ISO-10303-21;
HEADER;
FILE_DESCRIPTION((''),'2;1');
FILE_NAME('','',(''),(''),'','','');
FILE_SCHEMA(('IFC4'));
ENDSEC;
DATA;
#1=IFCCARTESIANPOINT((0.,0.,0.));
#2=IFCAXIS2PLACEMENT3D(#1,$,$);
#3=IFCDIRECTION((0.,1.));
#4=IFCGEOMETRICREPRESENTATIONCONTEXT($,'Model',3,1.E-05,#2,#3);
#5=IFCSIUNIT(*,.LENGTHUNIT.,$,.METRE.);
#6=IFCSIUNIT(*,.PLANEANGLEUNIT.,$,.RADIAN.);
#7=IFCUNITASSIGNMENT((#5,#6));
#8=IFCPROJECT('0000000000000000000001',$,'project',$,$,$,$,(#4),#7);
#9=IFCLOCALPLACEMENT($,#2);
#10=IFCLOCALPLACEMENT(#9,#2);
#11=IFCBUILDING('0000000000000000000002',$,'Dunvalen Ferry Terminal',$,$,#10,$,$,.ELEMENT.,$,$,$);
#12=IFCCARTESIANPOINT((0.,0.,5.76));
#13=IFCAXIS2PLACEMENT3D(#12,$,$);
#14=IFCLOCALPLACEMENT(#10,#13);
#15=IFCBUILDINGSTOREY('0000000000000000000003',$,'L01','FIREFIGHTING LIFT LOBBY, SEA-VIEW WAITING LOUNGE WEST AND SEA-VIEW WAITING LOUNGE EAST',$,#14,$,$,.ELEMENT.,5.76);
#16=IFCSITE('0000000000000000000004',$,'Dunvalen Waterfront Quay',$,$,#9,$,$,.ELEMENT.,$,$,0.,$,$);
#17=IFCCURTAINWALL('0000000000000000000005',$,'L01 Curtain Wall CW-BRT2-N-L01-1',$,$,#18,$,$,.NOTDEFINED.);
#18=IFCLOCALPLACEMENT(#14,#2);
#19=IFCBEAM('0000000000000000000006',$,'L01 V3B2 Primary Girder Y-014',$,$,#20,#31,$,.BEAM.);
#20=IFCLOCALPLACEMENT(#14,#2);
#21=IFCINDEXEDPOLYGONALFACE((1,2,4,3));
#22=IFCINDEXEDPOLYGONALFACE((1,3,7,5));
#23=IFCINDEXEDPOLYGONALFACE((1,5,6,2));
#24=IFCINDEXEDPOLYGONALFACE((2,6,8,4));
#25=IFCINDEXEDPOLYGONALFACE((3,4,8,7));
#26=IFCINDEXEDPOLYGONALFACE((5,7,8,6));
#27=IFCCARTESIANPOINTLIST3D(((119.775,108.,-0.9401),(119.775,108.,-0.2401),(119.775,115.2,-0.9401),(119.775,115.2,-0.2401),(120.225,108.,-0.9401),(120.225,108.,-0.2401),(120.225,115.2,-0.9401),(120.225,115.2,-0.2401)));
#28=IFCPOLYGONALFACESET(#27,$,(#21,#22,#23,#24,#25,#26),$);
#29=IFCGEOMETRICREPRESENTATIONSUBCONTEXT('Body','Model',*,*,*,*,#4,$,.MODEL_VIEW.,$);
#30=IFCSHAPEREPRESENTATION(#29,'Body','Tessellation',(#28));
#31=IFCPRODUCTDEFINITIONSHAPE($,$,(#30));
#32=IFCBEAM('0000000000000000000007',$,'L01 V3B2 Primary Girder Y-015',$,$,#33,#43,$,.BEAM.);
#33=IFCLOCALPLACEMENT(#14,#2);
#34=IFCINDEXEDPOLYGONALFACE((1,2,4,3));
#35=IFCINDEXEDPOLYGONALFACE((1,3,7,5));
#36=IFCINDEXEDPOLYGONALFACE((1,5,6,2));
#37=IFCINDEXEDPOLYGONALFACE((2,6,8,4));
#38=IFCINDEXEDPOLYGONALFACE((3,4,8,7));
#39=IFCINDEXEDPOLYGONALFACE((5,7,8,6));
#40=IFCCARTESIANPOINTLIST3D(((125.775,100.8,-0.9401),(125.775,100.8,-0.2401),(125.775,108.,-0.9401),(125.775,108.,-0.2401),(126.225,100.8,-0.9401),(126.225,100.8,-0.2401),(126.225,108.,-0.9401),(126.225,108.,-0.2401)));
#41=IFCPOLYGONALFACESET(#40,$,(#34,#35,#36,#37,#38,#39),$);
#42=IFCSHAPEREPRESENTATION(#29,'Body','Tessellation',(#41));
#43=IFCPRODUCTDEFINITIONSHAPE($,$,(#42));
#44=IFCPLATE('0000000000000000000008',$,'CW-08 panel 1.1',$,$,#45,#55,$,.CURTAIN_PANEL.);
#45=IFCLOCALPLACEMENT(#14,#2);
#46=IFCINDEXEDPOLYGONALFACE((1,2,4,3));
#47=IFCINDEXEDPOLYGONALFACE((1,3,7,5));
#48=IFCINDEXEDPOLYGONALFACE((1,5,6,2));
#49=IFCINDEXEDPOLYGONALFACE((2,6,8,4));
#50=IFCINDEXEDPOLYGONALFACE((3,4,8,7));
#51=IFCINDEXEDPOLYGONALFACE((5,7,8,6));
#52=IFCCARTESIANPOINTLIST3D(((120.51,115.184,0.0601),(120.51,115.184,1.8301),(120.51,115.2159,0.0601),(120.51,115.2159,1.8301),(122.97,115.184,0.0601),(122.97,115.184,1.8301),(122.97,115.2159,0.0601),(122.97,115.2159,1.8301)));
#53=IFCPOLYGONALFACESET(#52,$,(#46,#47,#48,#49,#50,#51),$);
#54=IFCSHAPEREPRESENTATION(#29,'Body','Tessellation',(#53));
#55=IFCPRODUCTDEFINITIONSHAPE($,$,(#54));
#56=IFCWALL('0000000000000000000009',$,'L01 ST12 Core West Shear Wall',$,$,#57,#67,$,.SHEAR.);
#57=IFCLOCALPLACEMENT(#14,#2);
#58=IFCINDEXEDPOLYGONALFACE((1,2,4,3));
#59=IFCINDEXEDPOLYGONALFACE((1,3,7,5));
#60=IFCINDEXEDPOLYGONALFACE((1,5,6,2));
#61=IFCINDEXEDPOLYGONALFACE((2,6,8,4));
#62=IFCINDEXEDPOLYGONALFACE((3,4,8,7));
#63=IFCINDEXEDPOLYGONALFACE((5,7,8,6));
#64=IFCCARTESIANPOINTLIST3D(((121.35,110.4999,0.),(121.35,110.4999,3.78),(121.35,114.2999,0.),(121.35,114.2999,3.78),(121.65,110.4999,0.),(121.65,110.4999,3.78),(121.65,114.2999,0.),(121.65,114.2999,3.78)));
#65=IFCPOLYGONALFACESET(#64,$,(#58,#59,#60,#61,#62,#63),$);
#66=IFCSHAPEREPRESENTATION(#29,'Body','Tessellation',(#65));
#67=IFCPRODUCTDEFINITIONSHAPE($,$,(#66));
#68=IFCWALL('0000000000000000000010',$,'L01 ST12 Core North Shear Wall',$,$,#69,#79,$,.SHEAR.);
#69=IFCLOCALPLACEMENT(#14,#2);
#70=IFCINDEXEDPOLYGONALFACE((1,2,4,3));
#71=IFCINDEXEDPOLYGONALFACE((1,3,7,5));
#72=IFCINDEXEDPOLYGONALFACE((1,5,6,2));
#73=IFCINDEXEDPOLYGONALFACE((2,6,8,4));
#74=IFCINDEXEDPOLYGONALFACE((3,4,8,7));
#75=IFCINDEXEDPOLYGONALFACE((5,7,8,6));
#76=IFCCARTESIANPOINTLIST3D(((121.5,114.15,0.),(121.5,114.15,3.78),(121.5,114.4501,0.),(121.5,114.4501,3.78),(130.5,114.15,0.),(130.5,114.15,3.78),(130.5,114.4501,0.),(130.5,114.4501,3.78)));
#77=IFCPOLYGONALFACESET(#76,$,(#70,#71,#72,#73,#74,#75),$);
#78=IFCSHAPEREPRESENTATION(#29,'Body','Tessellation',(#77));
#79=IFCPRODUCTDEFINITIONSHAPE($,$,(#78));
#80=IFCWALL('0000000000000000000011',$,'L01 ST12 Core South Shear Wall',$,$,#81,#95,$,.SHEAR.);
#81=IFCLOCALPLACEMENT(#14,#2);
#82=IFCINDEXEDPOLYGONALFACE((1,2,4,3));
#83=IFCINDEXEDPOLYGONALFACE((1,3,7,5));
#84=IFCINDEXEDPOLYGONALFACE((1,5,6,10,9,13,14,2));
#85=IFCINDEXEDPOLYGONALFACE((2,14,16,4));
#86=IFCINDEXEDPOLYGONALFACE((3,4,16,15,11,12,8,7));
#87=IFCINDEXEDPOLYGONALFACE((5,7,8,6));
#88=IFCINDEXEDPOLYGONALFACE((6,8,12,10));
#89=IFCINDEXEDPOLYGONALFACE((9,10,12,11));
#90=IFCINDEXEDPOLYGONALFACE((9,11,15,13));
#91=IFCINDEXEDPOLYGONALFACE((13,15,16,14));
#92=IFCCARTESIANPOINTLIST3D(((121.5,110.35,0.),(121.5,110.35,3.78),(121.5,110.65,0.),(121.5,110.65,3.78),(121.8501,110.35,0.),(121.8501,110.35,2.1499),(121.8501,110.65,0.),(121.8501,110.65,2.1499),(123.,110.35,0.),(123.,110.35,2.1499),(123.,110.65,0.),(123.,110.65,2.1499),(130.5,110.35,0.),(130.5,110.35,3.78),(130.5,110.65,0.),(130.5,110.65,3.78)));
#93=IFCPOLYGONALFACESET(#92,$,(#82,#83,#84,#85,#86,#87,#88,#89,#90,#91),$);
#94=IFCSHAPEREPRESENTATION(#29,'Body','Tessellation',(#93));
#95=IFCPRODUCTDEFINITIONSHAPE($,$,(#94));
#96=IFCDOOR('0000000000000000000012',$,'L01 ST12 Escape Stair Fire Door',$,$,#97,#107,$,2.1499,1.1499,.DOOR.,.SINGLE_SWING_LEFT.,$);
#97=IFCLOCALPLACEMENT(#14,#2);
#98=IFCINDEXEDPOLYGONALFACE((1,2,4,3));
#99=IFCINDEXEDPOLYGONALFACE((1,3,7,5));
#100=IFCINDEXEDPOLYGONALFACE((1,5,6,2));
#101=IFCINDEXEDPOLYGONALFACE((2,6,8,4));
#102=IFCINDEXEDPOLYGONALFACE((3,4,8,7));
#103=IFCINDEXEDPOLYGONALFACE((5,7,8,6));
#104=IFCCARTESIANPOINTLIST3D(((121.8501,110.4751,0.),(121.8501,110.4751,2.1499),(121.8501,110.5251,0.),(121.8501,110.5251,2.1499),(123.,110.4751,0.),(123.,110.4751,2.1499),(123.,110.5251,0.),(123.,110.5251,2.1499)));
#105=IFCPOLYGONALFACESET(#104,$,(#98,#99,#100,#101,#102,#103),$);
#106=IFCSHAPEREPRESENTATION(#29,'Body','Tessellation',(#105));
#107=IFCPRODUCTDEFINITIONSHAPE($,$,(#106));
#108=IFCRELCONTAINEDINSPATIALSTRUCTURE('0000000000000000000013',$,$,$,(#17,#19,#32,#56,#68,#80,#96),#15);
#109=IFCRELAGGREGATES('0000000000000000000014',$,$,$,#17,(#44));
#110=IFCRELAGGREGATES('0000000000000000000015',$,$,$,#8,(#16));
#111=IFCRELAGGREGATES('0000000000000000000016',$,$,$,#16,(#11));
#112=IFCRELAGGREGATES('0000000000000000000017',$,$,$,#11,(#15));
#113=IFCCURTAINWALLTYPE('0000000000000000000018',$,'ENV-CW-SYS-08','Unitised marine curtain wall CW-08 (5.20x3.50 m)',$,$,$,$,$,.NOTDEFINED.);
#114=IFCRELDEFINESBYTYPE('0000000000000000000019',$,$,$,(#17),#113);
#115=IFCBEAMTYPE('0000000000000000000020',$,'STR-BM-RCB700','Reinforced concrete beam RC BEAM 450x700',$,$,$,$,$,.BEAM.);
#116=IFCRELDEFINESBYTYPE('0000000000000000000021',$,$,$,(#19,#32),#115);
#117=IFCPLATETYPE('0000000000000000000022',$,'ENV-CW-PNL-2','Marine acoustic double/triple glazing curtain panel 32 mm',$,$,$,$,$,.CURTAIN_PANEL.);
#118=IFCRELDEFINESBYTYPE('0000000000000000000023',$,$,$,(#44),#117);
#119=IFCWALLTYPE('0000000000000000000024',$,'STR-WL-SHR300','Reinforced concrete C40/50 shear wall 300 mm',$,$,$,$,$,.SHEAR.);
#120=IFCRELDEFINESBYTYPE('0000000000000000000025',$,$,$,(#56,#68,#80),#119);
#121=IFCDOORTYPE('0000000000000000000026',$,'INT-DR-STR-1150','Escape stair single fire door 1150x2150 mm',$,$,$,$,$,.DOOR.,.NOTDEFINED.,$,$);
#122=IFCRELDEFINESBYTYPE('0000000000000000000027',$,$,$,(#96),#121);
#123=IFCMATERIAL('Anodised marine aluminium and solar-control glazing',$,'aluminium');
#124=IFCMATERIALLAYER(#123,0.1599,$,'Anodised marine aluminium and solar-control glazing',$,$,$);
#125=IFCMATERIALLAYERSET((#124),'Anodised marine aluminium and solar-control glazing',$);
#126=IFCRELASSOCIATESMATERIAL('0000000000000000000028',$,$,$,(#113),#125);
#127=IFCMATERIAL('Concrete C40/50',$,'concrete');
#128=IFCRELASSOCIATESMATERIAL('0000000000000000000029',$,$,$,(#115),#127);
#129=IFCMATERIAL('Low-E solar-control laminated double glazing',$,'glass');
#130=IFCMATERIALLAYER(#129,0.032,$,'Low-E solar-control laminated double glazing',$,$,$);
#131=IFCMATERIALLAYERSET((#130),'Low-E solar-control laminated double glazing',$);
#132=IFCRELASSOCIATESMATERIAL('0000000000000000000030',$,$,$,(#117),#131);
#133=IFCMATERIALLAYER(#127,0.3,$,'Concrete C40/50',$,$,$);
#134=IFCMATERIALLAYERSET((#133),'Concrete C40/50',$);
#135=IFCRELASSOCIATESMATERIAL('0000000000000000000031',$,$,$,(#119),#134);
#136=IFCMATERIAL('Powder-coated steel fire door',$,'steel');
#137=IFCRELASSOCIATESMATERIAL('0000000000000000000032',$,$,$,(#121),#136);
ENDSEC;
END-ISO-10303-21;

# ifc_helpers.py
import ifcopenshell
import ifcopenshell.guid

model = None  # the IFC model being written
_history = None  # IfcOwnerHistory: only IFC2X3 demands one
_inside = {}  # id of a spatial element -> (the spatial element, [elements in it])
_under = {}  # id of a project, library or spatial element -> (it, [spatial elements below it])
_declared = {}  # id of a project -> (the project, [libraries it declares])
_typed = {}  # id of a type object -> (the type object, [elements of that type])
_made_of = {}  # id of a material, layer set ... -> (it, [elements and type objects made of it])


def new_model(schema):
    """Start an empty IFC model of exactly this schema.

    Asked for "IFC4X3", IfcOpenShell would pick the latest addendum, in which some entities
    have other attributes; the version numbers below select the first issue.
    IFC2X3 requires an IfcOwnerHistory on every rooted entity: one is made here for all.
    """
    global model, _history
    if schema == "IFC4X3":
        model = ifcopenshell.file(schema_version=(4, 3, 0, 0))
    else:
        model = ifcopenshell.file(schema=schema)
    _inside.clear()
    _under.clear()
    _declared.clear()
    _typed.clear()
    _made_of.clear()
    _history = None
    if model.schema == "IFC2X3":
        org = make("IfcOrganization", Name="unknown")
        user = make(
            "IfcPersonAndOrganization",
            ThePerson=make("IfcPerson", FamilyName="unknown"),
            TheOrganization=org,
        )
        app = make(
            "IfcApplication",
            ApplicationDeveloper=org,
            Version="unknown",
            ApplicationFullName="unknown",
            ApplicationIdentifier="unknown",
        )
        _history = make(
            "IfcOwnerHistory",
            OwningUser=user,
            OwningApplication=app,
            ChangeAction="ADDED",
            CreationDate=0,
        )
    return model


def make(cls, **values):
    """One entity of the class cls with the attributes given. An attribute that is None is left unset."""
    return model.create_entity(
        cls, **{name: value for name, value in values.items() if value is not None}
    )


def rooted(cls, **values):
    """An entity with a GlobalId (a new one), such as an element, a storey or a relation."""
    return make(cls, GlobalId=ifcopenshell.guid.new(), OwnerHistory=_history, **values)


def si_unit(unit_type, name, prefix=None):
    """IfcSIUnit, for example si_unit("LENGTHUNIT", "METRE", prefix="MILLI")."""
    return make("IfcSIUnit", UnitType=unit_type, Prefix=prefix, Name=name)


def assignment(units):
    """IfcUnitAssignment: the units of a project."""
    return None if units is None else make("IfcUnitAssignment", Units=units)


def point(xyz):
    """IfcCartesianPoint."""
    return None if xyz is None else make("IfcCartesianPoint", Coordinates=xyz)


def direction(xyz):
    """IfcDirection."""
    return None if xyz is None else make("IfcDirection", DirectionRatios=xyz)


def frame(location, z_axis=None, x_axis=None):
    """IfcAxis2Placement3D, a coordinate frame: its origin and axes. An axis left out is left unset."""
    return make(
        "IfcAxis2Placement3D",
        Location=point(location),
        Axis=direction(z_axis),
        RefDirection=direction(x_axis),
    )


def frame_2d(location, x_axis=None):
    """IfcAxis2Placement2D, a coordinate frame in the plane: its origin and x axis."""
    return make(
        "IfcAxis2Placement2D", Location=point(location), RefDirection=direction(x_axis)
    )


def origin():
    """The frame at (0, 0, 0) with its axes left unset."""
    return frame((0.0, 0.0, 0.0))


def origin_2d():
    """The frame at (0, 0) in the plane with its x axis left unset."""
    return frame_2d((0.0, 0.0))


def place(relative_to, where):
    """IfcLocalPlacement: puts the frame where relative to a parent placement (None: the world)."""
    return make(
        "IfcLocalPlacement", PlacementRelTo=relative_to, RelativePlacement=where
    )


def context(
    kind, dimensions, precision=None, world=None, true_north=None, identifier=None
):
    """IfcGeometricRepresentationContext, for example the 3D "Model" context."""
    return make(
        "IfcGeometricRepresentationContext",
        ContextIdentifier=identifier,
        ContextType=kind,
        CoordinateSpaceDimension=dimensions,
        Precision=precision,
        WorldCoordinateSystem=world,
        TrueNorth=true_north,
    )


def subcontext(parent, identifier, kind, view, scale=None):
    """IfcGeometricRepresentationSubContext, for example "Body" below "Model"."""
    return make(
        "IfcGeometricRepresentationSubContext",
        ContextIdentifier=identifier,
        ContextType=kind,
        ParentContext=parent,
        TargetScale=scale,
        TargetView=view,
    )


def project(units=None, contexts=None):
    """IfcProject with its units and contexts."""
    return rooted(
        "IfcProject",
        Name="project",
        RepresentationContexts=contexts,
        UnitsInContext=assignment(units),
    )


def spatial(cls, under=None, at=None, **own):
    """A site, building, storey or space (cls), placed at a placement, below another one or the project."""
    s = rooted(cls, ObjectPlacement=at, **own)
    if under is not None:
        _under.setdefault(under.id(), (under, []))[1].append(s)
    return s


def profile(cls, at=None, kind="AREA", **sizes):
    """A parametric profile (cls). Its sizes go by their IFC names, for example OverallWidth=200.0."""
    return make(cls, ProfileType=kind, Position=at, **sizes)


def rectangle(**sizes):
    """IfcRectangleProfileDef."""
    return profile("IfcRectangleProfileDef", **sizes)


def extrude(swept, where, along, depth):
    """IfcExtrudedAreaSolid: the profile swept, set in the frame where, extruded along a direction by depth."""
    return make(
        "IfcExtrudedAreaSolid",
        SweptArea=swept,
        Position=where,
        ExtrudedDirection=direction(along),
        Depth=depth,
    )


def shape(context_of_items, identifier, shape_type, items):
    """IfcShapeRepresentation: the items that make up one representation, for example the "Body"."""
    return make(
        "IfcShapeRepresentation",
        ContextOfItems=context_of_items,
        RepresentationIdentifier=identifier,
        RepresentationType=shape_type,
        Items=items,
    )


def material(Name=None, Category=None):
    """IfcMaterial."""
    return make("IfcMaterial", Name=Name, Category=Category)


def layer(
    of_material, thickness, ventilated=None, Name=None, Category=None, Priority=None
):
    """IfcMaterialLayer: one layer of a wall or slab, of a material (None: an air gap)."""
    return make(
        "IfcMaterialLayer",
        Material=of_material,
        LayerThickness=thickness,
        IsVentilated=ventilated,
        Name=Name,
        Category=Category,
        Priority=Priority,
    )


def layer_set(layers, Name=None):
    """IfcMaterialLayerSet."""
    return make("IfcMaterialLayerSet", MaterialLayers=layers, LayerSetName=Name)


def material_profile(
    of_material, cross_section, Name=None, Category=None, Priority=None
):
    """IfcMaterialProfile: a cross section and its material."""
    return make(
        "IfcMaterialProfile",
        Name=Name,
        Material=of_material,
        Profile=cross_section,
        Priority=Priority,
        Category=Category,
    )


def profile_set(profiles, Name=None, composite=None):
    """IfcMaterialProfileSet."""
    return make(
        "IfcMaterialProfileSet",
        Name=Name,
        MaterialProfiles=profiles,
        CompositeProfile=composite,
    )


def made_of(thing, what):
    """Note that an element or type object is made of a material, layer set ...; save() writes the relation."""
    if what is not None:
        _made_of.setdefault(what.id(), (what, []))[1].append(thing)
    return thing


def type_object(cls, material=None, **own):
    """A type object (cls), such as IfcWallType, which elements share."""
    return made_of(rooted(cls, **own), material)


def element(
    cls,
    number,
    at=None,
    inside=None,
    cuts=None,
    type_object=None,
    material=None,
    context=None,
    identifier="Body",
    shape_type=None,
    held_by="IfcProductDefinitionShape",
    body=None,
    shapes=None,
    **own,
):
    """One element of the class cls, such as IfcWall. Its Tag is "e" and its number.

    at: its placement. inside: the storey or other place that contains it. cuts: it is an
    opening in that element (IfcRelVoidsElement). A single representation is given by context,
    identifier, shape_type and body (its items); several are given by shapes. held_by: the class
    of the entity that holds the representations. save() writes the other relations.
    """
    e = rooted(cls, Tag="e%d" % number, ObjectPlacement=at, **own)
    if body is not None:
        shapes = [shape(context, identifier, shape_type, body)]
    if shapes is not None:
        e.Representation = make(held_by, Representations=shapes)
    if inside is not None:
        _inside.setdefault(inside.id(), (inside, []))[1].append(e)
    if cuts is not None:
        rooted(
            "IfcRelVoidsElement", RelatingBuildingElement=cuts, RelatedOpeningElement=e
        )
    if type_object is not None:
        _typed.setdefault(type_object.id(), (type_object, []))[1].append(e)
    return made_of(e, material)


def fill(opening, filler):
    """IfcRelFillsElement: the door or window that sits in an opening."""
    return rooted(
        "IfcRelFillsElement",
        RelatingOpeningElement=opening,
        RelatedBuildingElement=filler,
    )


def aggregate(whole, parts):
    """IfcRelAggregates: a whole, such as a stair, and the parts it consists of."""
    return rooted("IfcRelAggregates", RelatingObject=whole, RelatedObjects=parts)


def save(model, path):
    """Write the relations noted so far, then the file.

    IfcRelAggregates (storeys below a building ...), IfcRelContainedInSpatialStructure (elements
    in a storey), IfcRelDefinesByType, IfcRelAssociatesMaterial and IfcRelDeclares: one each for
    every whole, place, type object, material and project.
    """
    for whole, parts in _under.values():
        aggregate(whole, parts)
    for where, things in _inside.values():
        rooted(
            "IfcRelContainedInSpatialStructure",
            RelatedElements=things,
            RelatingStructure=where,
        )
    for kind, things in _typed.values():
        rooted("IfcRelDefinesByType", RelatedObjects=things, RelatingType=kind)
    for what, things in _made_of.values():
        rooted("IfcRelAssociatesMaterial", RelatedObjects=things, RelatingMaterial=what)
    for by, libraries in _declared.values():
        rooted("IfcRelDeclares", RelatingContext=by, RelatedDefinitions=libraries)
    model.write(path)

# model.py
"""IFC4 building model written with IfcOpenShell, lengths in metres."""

from ifc_helpers import new_model, si_unit, direction, frame, frame_2d, origin, origin_2d, place, context, subcontext, project, spatial, rectangle, extrude, material, layer, layer_set, material_profile, profile_set, type_object, element, fill, aggregate, save


model = new_model("IFC4")

# Units and contexts
model_context = context("Model", 3, precision=1e-05, world=origin(), true_north=direction((0.0, 1.0)))
body_context = subcontext(model_context, "Body", "Model", "MODEL_VIEW")
ifc_project = project(units=[si_unit("LENGTHUNIT", "METRE"), si_unit("PLANEANGLEUNIT", "RADIAN")], contexts=[model_context])

# Site, building, storey
site_placement = place(None, origin())
site = spatial("IfcSite", under=ifc_project, at=site_placement, Name="Dunvalen Waterfront Quay", CompositionType="ELEMENT", RefElevation=0.0)
building_placement = place(site_placement, origin())
building = spatial("IfcBuilding", under=site, at=building_placement, Name="Dunvalen Ferry Terminal", CompositionType="ELEMENT")
storey_placement = place(building_placement, frame((0.0, 0.0, 5.76)))
storey = spatial("IfcBuildingStorey", under=building, at=storey_placement, Name="L01", Description="FIREFIGHTING LIFT LOBBY, SEA-VIEW WAITING LOUNGE WEST AND SEA-VIEW WAITING LOUNGE EAST", CompositionType="ELEMENT", Elevation=5.76)

# Curtain wall
ifc_material_1 = material(Name="Anodised marine aluminium and solar-control glazing", Category="aluminium")
ifc_layer_1 = layer(ifc_material_1, 0.1599, Name="Anodised marine aluminium and solar-control glazing")
ifc_layer_set_1 = layer_set([ifc_layer_1], Name="Anodised marine aluminium and solar-control glazing")
curtain_wall_type = type_object("IfcCurtainWallType", Name="ENV-CW-SYS-08", Description="Unitised marine curtain wall CW-08 (5.20x3.50 m)", PredefinedType="NOTDEFINED", material=ifc_layer_set_1)
curtain_wall_placement = place(storey_placement, origin())
curtain_wall = element("IfcCurtainWall", 1, at=curtain_wall_placement, inside=storey, type_object=curtain_wall_type, Name="L01 Curtain Wall CW-BRT2-N-L01-1", PredefinedType="NOTDEFINED")

# Beams
ifc_material_2 = material(Name="Concrete C40/50", Category="concrete")
ifc_material_profile_1 = material_profile(ifc_material_2, rectangle(XDim=0.45, YDim=0.7, at=origin_2d()), Name="Concrete C40/50")
ifc_profile_set_1 = profile_set([ifc_material_profile_1], Name="Concrete C40/50")
beam_type_1 = type_object("IfcBeamType", Name="STR-BM-RCB700", Description="Reinforced concrete beam RC BEAM 450x700", PredefinedType="BEAM", material=ifc_profile_set_1)
for number, where, z_axis, x_axis, name in (
    (2, (120.0, 108.0, -0.5901), (0.0, 1.0, 0.0), (-1.0, 0.0, 0.0), "L01 V3B2 Primary Girder Y-014"),
    (3, (126.0, 100.8, -0.5901), (0.0, 1.0, 0.0), (-1.0, 0.0, 0.0), "L01 V3B2 Primary Girder Y-015"),
):
    element("IfcBeam", number, at=place(storey_placement, frame(where, z_axis=z_axis, x_axis=x_axis)), inside=storey, type_object=beam_type_1, Name=name, PredefinedType="BEAM", context=body_context, shape_type="SweptSolid", body=[
        extrude(rectangle(XDim=0.45, YDim=0.7, at=origin_2d()), origin(), (0.0, 0.0, 1.0), 7.2),
    ])

# Plate
ifc_material_3 = material(Name="Low-E solar-control laminated double glazing", Category="glass")
ifc_layer_2 = layer(ifc_material_3, 0.032, Name="Low-E solar-control laminated double glazing")
ifc_layer_set_2 = layer_set([ifc_layer_2], Name="Low-E solar-control laminated double glazing")
plate_type = type_object("IfcPlateType", Name="ENV-CW-PNL-2", Description="Marine acoustic double/triple glazing curtain panel 32 mm", PredefinedType="CURTAIN_PANEL", material=ifc_layer_set_2)
plate_placement = place(storey_placement, frame((121.74, 115.2, 0.0601), z_axis=(0.0, 0.0, 1.0), x_axis=(1.0, 0.0, 0.0)))
plate = element("IfcPlate", 4, at=plate_placement, type_object=plate_type, Name="CW-08 panel 1.1", PredefinedType="CURTAIN_PANEL", context=body_context, shape_type="SweptSolid", body=[
    extrude(rectangle(XDim=2.46, YDim=0.032, at=origin_2d()), origin(), (0.0, 0.0, 1.0), 1.77),
])
aggregate(curtain_wall, [plate])

# Walls
ifc_layer_3 = layer(ifc_material_2, 0.3, Name="Concrete C40/50")
ifc_layer_set_3 = layer_set([ifc_layer_3], Name="Concrete C40/50")
wall_type = type_object("IfcWallType", Name="STR-WL-SHR300", Description="Reinforced concrete C40/50 shear wall 300 mm", PredefinedType="SHEAR", material=ifc_layer_set_3)
wall_1_placement = place(storey_placement, frame((121.5, 110.5, 0.0), z_axis=(0.0, 0.0, 1.0), x_axis=(0.0, 1.0, 0.0)))
element("IfcWall", 5, at=wall_1_placement, inside=storey, type_object=wall_type, Name="L01 ST12 Core West Shear Wall", PredefinedType="SHEAR", context=body_context, shape_type="SweptSolid", body=[
    extrude(rectangle(XDim=3.8, YDim=0.3, at=frame_2d((1.8999, 0.0))), origin(), (0.0, 0.0, 1.0), 3.78),
])
wall_2_placement = place(storey_placement, frame((121.5, 114.3, 0.0), z_axis=(0.0, 0.0, 1.0), x_axis=(1.0, 0.0, 0.0)))
element("IfcWall", 6, at=wall_2_placement, inside=storey, type_object=wall_type, Name="L01 ST12 Core North Shear Wall", PredefinedType="SHEAR", context=body_context, shape_type="SweptSolid", body=[
    extrude(rectangle(XDim=9.0, YDim=0.3, at=frame_2d((4.5, 0.0))), origin(), (0.0, 0.0, 1.0), 3.78),
])

# Wall, opening, door
wall_3_placement = place(storey_placement, frame((121.5, 110.5, 0.0), z_axis=(0.0, 0.0, 1.0), x_axis=(1.0, 0.0, 0.0)))
wall_3 = element("IfcWall", 7, at=wall_3_placement, inside=storey, type_object=wall_type, Name="L01 ST12 Core South Shear Wall", PredefinedType="SHEAR", context=body_context, shape_type="SweptSolid", body=[
    extrude(rectangle(XDim=9.0, YDim=0.3, at=frame_2d((4.5, 0.0))), origin(), (0.0, 0.0, 1.0), 3.78),
])
opening_placement = place(wall_3_placement, frame((0.3501, 0.0, 0.0)))
opening = element("IfcOpeningElement", 8, at=opening_placement, cuts=wall_3, PredefinedType="OPENING", context=body_context, shape_type="SweptSolid", body=[
    extrude(rectangle(XDim=1.1499, YDim=2.1499, at=frame_2d((0.575, 1.075))), frame((0.0, 0.1602, 0.0), z_axis=(0.0, -1.0, 0.0), x_axis=(1.0, 0.0, 0.0)), (0.0, 0.0, 1.0), 0.3201),
])
ifc_material_4 = material(Name="Powder-coated steel fire door", Category="steel")
door_type = type_object("IfcDoorType", Name="INT-DR-STR-1150", Description="Escape stair single fire door 1150x2150 mm", OperationType="NOTDEFINED", PredefinedType="DOOR", material=ifc_material_4)
door_placement = place(opening_placement, frame((1.1499, 0.0, 0.0), z_axis=(0.0, 0.0, 1.0), x_axis=(-1.0, 0.0, 0.0)))
door = element("IfcDoor", 9, at=door_placement, inside=storey, type_object=door_type, Name="L01 ST12 Escape Stair Fire Door", OperationType="SINGLE_SWING_LEFT", OverallHeight=2.1499, OverallWidth=1.1499, PredefinedType="DOOR", context=body_context, shape_type="SweptSolid", body=[
    extrude(rectangle(XDim=1.1499, YDim=2.1499, at=frame_2d((0.575, 1.075))), frame((0.0, 0.0249, 0.0), z_axis=(0.0, -1.0, 0.0), x_axis=(1.0, 0.0, 0.0)), (0.0, 0.0, 1.0), 0.05),
])
fill(opening, door)

save(model, "model.ifc")
